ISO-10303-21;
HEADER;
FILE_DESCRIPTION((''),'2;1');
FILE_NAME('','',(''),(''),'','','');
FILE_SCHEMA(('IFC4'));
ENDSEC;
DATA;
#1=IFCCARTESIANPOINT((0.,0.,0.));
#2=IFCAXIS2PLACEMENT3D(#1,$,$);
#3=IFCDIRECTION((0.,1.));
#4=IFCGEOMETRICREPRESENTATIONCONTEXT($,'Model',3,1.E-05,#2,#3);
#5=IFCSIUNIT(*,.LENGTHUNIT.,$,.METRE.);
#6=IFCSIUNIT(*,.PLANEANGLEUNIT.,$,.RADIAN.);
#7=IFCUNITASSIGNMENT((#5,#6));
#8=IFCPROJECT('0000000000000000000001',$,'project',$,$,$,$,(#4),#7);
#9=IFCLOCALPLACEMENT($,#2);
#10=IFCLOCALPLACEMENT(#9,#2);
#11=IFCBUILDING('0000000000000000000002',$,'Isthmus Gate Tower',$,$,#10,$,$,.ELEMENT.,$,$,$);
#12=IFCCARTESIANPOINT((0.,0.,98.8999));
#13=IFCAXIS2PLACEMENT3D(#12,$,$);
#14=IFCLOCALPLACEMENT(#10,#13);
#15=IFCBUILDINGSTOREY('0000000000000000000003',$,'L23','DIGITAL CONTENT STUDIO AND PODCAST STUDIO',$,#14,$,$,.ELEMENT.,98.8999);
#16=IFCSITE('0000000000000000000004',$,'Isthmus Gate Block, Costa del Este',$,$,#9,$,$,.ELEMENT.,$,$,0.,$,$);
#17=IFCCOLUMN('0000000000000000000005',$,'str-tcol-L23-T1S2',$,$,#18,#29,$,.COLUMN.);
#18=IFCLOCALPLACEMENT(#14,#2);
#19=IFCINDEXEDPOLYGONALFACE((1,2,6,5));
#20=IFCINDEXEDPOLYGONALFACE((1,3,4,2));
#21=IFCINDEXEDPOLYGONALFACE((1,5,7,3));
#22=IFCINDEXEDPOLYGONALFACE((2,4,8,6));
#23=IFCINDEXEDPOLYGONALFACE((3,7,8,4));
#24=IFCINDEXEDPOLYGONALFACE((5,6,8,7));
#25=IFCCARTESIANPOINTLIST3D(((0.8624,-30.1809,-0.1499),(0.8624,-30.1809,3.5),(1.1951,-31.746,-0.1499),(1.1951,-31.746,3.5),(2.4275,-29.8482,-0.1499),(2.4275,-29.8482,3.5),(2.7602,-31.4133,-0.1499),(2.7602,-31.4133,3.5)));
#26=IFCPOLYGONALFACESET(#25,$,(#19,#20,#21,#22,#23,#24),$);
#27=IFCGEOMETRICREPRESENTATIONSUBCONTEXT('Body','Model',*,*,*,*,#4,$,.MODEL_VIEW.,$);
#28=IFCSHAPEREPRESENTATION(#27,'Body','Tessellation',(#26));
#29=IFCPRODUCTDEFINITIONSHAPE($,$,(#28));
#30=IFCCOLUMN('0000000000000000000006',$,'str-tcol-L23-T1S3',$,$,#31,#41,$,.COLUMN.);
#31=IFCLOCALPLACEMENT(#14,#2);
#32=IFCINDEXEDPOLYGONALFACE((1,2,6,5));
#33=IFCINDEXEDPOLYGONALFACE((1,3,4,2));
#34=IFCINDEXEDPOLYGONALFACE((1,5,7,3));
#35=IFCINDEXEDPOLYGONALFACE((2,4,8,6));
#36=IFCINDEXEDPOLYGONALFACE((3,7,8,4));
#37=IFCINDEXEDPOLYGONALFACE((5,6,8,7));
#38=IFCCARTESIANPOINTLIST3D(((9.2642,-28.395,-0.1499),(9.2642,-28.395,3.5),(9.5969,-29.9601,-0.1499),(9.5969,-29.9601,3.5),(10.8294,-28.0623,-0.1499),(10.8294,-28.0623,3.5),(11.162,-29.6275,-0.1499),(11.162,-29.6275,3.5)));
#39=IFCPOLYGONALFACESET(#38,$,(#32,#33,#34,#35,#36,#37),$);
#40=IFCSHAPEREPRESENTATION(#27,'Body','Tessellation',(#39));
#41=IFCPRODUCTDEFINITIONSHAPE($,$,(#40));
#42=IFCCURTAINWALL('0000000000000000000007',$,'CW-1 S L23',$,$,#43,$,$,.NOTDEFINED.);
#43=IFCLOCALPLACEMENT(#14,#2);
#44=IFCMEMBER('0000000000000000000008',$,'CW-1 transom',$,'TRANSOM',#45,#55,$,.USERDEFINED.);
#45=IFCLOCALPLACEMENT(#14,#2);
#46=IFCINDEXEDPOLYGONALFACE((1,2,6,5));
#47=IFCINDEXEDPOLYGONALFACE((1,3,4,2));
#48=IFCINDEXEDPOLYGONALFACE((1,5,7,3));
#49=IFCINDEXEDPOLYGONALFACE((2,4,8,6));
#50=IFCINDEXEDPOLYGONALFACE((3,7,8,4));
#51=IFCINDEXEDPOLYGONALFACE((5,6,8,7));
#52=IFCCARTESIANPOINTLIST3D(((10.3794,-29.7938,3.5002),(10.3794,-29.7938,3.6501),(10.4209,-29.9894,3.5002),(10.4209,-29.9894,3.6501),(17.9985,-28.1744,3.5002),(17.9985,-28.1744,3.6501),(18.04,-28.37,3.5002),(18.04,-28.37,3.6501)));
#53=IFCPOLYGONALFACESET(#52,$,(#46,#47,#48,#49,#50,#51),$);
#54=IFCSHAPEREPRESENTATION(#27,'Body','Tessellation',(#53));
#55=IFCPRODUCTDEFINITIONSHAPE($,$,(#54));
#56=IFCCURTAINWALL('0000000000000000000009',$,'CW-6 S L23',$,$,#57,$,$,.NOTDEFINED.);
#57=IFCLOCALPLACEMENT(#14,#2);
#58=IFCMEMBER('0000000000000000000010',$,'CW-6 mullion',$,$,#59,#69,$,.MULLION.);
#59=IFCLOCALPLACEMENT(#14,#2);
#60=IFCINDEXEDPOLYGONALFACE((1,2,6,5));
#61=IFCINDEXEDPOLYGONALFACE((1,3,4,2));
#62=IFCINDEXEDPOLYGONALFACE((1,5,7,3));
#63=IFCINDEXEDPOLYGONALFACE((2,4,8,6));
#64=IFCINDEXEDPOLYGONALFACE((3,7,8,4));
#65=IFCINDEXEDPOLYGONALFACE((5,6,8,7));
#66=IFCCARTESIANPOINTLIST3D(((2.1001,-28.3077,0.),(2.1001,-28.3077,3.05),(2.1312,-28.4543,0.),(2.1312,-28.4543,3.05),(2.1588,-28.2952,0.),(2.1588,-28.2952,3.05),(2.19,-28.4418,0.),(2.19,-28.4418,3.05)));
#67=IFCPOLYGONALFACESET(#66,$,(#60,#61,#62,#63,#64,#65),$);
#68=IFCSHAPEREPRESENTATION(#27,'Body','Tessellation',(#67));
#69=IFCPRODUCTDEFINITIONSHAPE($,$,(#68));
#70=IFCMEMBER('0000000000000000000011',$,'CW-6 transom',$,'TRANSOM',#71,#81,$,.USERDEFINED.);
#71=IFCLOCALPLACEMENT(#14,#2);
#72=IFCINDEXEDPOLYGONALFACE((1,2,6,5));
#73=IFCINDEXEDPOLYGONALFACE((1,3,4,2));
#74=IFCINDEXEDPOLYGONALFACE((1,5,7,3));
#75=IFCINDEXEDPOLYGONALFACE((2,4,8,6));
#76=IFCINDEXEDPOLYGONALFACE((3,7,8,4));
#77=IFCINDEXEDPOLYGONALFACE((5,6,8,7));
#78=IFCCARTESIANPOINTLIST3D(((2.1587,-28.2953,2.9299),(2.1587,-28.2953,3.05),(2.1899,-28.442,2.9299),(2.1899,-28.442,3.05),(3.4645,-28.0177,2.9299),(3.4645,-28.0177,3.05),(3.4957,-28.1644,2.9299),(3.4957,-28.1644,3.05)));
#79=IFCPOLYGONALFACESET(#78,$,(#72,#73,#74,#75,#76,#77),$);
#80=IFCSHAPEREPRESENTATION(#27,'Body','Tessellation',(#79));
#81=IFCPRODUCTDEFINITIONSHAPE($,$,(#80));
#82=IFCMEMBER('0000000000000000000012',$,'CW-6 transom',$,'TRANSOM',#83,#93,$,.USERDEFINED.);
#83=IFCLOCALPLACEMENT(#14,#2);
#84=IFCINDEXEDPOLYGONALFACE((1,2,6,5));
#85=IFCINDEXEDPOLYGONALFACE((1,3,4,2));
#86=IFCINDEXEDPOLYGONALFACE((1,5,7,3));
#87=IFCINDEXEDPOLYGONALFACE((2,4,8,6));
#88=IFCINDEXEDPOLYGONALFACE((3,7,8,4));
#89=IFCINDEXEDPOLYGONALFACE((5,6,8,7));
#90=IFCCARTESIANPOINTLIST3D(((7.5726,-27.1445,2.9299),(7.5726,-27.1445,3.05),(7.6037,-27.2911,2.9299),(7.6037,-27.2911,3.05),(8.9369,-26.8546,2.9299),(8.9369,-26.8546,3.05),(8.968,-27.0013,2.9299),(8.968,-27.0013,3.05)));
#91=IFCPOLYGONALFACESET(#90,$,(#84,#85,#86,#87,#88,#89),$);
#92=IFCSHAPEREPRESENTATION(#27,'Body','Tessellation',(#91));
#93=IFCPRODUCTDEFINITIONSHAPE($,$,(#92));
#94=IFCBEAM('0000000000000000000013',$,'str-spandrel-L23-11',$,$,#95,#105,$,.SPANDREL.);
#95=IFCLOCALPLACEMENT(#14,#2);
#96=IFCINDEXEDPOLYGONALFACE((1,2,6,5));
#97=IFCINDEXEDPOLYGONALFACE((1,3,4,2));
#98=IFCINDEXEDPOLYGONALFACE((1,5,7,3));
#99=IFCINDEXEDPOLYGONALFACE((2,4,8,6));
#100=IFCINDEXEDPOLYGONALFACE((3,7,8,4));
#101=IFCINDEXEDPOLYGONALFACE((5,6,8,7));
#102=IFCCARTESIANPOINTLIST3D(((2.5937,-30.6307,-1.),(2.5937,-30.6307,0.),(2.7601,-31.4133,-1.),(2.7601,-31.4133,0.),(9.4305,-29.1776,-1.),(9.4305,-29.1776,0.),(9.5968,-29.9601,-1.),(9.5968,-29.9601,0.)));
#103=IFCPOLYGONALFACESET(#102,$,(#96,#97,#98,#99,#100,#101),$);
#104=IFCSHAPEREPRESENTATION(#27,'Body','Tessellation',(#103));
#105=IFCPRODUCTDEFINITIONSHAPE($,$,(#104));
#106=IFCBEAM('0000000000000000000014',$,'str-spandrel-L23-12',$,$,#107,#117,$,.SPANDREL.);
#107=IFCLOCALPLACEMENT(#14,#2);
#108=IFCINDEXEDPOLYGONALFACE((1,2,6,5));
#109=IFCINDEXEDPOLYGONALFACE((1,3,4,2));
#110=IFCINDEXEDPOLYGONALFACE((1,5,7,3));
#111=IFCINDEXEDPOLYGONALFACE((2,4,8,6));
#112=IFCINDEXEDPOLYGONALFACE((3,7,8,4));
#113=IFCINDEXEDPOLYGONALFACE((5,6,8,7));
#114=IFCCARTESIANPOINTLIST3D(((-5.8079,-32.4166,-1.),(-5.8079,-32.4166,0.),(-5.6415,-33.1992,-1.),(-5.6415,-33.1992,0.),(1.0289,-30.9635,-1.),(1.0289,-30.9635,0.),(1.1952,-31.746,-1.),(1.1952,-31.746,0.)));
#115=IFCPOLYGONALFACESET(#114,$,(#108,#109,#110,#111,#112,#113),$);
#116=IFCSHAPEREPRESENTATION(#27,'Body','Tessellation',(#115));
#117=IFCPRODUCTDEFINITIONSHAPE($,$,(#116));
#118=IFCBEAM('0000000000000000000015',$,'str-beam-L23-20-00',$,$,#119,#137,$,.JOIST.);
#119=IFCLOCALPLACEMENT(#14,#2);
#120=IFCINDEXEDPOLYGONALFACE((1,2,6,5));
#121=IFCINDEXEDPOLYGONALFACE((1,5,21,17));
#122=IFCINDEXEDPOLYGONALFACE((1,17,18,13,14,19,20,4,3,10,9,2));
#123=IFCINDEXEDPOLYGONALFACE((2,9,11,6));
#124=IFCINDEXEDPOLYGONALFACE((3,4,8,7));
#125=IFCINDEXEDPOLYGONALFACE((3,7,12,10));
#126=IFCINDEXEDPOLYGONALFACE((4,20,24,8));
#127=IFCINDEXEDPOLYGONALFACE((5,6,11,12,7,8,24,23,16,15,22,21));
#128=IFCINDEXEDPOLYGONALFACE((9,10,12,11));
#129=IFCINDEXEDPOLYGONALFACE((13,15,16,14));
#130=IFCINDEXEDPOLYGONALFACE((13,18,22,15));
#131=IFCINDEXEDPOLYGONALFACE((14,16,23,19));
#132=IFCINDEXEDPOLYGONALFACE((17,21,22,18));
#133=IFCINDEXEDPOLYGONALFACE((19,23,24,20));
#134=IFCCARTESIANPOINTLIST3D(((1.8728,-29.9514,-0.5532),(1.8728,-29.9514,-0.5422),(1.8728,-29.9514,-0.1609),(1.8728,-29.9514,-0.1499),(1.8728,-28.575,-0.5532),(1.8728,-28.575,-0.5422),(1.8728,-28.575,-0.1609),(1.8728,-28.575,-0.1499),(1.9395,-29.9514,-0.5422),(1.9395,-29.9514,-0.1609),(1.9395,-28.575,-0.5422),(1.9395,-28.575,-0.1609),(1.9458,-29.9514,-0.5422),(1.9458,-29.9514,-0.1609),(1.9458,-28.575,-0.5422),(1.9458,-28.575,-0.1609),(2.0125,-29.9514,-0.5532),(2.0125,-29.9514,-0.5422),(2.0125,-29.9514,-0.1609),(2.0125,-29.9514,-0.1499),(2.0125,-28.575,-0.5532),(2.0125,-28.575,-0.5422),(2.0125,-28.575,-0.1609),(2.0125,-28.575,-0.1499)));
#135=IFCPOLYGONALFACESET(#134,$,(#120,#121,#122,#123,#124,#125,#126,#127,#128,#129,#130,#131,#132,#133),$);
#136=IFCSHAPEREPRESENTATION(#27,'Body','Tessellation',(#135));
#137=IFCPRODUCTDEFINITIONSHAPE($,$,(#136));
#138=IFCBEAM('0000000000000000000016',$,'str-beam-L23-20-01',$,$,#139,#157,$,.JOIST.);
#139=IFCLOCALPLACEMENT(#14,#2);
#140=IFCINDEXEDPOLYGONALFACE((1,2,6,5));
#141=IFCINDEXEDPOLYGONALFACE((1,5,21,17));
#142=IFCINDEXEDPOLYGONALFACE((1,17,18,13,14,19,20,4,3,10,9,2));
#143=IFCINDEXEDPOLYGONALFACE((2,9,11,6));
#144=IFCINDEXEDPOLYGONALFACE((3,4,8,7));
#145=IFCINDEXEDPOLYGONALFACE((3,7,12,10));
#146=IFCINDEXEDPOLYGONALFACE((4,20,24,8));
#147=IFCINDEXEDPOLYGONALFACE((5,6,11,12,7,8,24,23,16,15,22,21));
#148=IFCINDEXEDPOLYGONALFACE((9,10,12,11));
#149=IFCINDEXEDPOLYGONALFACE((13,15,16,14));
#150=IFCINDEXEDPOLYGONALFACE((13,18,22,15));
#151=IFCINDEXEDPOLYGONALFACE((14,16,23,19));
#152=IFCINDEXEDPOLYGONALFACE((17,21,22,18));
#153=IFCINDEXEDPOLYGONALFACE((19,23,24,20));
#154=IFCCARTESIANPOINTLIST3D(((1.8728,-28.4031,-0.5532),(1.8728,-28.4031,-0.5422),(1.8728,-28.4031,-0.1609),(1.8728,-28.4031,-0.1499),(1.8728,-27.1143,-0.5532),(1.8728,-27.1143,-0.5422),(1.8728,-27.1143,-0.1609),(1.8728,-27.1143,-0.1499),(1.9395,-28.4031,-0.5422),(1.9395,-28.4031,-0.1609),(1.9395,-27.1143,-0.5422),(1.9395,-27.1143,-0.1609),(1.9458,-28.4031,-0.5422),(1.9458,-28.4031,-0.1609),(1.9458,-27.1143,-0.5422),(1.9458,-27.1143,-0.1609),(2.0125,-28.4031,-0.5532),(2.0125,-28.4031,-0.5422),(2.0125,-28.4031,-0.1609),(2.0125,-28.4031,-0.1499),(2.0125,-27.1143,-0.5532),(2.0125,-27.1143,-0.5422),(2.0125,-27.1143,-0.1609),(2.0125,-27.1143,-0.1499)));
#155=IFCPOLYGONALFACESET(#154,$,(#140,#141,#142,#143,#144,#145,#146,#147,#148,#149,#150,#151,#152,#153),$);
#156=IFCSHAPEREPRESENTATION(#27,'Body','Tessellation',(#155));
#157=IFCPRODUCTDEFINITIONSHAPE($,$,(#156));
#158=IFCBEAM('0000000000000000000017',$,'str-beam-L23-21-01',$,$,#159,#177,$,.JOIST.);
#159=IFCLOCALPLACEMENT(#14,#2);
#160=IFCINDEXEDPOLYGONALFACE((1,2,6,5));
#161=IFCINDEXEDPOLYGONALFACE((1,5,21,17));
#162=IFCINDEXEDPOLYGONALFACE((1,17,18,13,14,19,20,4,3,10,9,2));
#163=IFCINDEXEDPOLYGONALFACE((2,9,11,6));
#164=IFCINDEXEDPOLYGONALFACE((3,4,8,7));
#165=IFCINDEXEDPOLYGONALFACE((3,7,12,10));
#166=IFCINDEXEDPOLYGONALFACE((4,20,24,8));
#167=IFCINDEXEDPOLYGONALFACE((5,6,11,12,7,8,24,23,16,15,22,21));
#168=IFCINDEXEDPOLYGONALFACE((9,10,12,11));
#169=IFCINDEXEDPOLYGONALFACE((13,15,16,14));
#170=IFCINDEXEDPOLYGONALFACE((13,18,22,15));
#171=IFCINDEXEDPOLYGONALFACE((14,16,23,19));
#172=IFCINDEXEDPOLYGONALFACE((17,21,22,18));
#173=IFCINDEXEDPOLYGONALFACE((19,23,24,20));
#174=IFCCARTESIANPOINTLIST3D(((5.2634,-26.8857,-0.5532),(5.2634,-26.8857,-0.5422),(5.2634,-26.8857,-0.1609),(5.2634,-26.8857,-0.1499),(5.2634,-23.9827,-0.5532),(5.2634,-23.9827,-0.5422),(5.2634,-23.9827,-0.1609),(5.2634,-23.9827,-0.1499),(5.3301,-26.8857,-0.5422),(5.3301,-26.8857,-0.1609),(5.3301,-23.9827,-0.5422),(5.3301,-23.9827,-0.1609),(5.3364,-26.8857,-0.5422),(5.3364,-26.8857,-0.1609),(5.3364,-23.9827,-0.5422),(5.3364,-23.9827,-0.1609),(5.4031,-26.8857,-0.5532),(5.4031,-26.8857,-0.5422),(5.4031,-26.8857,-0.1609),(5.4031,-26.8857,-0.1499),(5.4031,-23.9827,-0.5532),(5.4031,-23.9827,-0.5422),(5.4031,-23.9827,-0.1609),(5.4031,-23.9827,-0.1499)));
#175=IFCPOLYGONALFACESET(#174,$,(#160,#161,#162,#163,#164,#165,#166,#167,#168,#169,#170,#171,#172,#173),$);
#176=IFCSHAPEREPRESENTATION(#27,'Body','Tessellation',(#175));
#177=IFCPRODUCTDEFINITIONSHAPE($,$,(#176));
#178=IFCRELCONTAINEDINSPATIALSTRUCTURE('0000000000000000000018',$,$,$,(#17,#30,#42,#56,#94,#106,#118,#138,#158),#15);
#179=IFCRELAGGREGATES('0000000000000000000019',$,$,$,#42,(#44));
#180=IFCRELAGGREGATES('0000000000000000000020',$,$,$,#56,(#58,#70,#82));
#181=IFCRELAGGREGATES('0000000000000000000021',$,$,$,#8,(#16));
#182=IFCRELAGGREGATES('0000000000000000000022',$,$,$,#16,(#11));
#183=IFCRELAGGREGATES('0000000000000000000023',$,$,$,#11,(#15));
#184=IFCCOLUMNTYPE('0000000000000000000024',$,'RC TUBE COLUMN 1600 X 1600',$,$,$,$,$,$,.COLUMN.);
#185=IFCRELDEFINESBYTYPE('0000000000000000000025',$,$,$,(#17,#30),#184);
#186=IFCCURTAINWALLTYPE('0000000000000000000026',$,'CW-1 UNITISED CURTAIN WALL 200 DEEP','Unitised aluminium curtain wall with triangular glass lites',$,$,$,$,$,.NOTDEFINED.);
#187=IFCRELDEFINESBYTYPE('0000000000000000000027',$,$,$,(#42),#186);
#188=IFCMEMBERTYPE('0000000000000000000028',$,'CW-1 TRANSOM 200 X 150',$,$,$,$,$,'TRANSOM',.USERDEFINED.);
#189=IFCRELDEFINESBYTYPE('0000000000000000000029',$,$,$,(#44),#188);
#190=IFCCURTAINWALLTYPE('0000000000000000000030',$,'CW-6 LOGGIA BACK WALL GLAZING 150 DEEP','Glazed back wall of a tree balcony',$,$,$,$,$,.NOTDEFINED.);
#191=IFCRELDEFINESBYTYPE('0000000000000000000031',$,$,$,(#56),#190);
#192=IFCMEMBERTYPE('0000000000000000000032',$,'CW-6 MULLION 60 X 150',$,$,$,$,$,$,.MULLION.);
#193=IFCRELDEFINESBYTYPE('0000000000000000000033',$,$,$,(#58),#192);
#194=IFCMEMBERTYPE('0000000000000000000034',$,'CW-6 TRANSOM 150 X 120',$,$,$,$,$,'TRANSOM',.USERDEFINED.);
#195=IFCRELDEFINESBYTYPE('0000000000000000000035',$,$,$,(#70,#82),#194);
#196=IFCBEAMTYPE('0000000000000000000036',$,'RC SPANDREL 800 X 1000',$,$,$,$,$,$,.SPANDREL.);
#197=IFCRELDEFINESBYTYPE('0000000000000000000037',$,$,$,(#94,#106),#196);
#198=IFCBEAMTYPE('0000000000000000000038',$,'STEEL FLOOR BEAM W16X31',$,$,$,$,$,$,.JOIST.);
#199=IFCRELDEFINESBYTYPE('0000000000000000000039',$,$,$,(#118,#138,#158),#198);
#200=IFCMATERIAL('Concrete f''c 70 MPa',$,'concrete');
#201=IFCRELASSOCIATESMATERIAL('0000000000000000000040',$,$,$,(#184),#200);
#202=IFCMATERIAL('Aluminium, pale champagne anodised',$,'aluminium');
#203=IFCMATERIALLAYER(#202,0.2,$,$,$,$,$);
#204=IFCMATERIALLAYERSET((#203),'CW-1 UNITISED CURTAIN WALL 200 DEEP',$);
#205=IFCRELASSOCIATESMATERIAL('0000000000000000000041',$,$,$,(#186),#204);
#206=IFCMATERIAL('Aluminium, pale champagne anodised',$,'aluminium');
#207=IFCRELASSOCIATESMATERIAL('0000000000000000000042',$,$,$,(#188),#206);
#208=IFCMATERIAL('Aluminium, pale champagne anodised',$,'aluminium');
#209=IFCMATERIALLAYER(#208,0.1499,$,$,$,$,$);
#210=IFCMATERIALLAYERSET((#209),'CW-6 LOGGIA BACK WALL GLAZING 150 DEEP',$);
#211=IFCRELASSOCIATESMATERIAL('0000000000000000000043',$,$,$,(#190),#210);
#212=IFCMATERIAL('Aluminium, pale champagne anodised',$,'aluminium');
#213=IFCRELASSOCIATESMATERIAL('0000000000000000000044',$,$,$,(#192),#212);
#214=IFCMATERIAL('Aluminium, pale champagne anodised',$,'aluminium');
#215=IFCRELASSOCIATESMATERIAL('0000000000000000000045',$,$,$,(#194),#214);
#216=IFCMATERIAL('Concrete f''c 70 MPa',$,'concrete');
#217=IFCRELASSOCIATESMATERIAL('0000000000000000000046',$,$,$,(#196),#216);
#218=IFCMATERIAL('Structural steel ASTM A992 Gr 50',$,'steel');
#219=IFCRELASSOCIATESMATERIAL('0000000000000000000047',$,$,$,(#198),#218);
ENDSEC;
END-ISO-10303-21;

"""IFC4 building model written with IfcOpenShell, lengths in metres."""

from ifc_helpers import new_model, si_unit, direction, frame, origin, origin_2d, place, context, subcontext, project, spatial, rectangle, i_section, extrude, material, layer, layer_set, material_profile, profile_set, type_object, element, aggregate, save


model = new_model("IFC4")

# Units and contexts
model_context = context("Model", 3, precision=1e-05, world=origin(), true_north=direction((0.0, 1.0)))
body_context = subcontext(model_context, "Body", "Model", "MODEL_VIEW")
ifc_project = project(units=[si_unit("LENGTHUNIT", "METRE"), si_unit("PLANEANGLEUNIT", "RADIAN")], contexts=[model_context])

# Site, building, storey
site_placement = place(None, origin())
site = spatial("IfcSite", under=ifc_project, at=site_placement, Name="Isthmus Gate Block, Costa del Este", CompositionType="ELEMENT", RefElevation=0.0)
building_placement = place(site_placement, origin())
building = spatial("IfcBuilding", under=site, at=building_placement, Name="Isthmus Gate Tower", CompositionType="ELEMENT")
storey_placement = place(building_placement, frame((0.0, 0.0, 98.8999)))
storey = spatial("IfcBuildingStorey", under=building, at=storey_placement, Name="L23", Description="DIGITAL CONTENT STUDIO AND PODCAST STUDIO", CompositionType="ELEMENT", Elevation=98.8999)

# Columns
ifc_material_1 = material(Name="Concrete f'c 70 MPa", Category="concrete")
ifc_material_profile_1 = material_profile(ifc_material_1, rectangle(XDim=1.6001, YDim=1.6001, at=origin_2d()), Name="RC 1600X1600")
ifc_profile_set_1 = profile_set([ifc_material_profile_1], Name="Concrete f'c 70 MPa")
column_type = type_object("IfcColumnType", Name="RC TUBE COLUMN 1600 X 1600", PredefinedType="COLUMN", material=ifc_profile_set_1)
for number, where, z_axis, x_axis, name in (
    (1, (1.8113, -30.7971, -0.1499), (0.0, 0.0, 1.0), (0.978148, 0.207912, 0.0), "str-tcol-L23-T1S2"),
    (2, (10.2131, -29.0112, -0.1499), (0.0, 0.0, 1.0), (0.978148, 0.207912, 0.0), "str-tcol-L23-T1S3"),
):
    element("IfcColumn", number, at=place(storey_placement, frame(where, z_axis=z_axis, x_axis=x_axis)), inside=storey, type_object=column_type, Name=name, PredefinedType="COLUMN", context=body_context, shape_type="SweptSolid", body=[
        extrude(rectangle(XDim=1.6001, YDim=1.6001, at=origin_2d()), origin(), (0.0, 0.0, 1.0), 3.6499),
    ])

# Curtain wall, member
ifc_material_2 = material(Name="Aluminium, pale champagne anodised", Category="aluminium")
ifc_layer_1 = layer(ifc_material_2, 0.2)
ifc_layer_set_1 = layer_set([ifc_layer_1], Name="CW-1 UNITISED CURTAIN WALL 200 DEEP")
curtain_wall_type_1 = type_object("IfcCurtainWallType", Name="CW-1 UNITISED CURTAIN WALL 200 DEEP", Description="Unitised aluminium curtain wall with triangular glass lites", PredefinedType="NOTDEFINED", material=ifc_layer_set_1)
curtain_wall_1_placement = place(storey_placement, origin())
curtain_wall_1 = element("IfcCurtainWall", 3, at=curtain_wall_1_placement, inside=storey, type_object=curtain_wall_type_1, Name="CW-1 S L23", PredefinedType="NOTDEFINED")
ifc_material_3 = material(Name="Aluminium, pale champagne anodised", Category="aluminium")
ifc_material_profile_2 = material_profile(ifc_material_3, rectangle(XDim=0.2, YDim=0.1499, at=origin_2d()), Name="200x150")
ifc_profile_set_2 = profile_set([ifc_material_profile_2], Name="Aluminium, pale champagne anodised")
member_type_1 = type_object("IfcMemberType", Name="CW-1 TRANSOM 200 X 150", ElementType="TRANSOM", PredefinedType="USERDEFINED", material=ifc_profile_set_2)
member_1_placement = place(storey_placement, frame((10.4001, -29.8916, 3.5752), z_axis=(0.978151, 0.207898, 0.0), x_axis=(-0.207898, 0.978151, 0.0)))
member_1 = element("IfcMember", 4, at=member_1_placement, type_object=member_type_1, Name="CW-1 transom", ObjectType="TRANSOM", PredefinedType="USERDEFINED", context=body_context, shape_type="SweptSolid", body=[
    extrude(rectangle(XDim=0.2, YDim=0.1499, at=origin_2d()), origin(), (0.0, 0.0, 1.0), 7.7893),
])
aggregate(curtain_wall_1, [member_1])

# Curtain wall, members
ifc_material_4 = material(Name="Aluminium, pale champagne anodised", Category="aluminium")
ifc_layer_2 = layer(ifc_material_4, 0.1499)
ifc_layer_set_2 = layer_set([ifc_layer_2], Name="CW-6 LOGGIA BACK WALL GLAZING 150 DEEP")
curtain_wall_type_2 = type_object("IfcCurtainWallType", Name="CW-6 LOGGIA BACK WALL GLAZING 150 DEEP", Description="Glazed back wall of a tree balcony", PredefinedType="NOTDEFINED", material=ifc_layer_set_2)
curtain_wall_2_placement = place(storey_placement, origin())
curtain_wall_2 = element("IfcCurtainWall", 5, at=curtain_wall_2_placement, inside=storey, type_object=curtain_wall_type_2, Name="CW-6 S L23", PredefinedType="NOTDEFINED")
ifc_material_5 = material(Name="Aluminium, pale champagne anodised", Category="aluminium")
ifc_material_profile_3 = material_profile(ifc_material_5, rectangle(XDim=0.0601, YDim=0.1499, at=origin_2d()), Name="60x150")
ifc_profile_set_3 = profile_set([ifc_material_profile_3], Name="Aluminium, pale champagne anodised")
member_type_2 = type_object("IfcMemberType", Name="CW-6 MULLION 60 X 150", PredefinedType="MULLION", material=ifc_profile_set_3)
member_2_placement = place(storey_placement, frame((2.145, -28.3748, 0.0), z_axis=(0.0, 0.0, 1.0), x_axis=(0.978148, 0.207912, 0.0)))
member_2 = element("IfcMember", 6, at=member_2_placement, type_object=member_type_2, Name="CW-6 mullion", PredefinedType="MULLION", context=body_context, shape_type="SweptSolid", body=[
    extrude(rectangle(XDim=0.0601, YDim=0.1499, at=origin_2d()), origin(), (0.0, 0.0, 1.0), 3.05),
])
ifc_material_6 = material(Name="Aluminium, pale champagne anodised", Category="aluminium")
ifc_material_profile_4 = material_profile(ifc_material_6, rectangle(XDim=0.1499, YDim=0.1201, at=origin_2d()), Name="150x120")
ifc_profile_set_4 = profile_set([ifc_material_profile_4], Name="Aluminium, pale champagne anodised")
member_type_3 = type_object("IfcMemberType", Name="CW-6 TRANSOM 150 X 120", ElementType="TRANSOM", PredefinedType="USERDEFINED", material=ifc_profile_set_4)
member_3_placement = place(storey_placement, frame((2.1743, -28.3687, 2.99), z_axis=(0.978138, 0.207955, 0.0), x_axis=(-0.207955, 0.978138, 0.0)))
member_3 = element("IfcMember", 7, at=member_3_placement, type_object=member_type_3, Name="CW-6 transom", ObjectType="TRANSOM", PredefinedType="USERDEFINED", context=body_context, shape_type="SweptSolid", body=[
    extrude(rectangle(XDim=0.1499, YDim=0.1201, at=origin_2d()), origin(), (0.0, 0.0, 1.0), 1.335),
])
member_4_placement = place(storey_placement, frame((7.5881, -27.2178, 2.99), z_axis=(0.978175, 0.207783, 0.0), x_axis=(-0.207783, 0.978175, 0.0)))
member_4 = element("IfcMember", 8, at=member_4_placement, type_object=member_type_3, Name="CW-6 transom", ObjectType="TRANSOM", PredefinedType="USERDEFINED", context=body_context, shape_type="SweptSolid", body=[
    extrude(rectangle(XDim=0.1499, YDim=0.1201, at=origin_2d()), origin(), (0.0, 0.0, 1.0), 1.3948),
])

# Beams
ifc_material_7 = material(Name="Concrete f'c 70 MPa", Category="concrete")
ifc_material_profile_5 = material_profile(ifc_material_7, rectangle(XDim=0.8, YDim=1.0, at=origin_2d()), Name="RC 800X1000")
ifc_profile_set_5 = profile_set([ifc_material_profile_5], Name="Concrete f'c 70 MPa")
beam_type_1 = type_object("IfcBeamType", Name="RC SPANDREL 800 X 1000", PredefinedType="SPANDREL", material=ifc_profile_set_5)
for number, where, z_axis, x_axis, name in (
    (9, (9.5137, -29.5688, -0.5), (-0.978149, -0.207904, 0.0), (0.207904, -0.978149, 0.0), "str-spandrel-L23-11"),
    (10, (1.1121, -31.3547, -0.5), (-0.978149, -0.207904, 0.0), (0.207904, -0.978149, 0.0), "str-spandrel-L23-12"),
):
    element("IfcBeam", number, at=place(storey_placement, frame(where, z_axis=z_axis, x_axis=x_axis)), inside=storey, type_object=beam_type_1, Name=name, PredefinedType="SPANDREL", context=body_context, shape_type="SweptSolid", body=[
        extrude(rectangle(XDim=0.8, YDim=1.0, at=origin_2d()), origin(), (0.0, 0.0, 1.0), 6.9895),
    ])
ifc_material_8 = material(Name="Structural steel ASTM A992 Gr 50", Category="steel")
ifc_material_profile_6 = material_profile(ifc_material_8, i_section(OverallWidth=0.1396, OverallDepth=0.4033, WebThickness=0.0063, FlangeThickness=0.011, at=origin_2d()), Name="W16X31")
ifc_profile_set_6 = profile_set([ifc_material_profile_6], Name="Structural steel ASTM A992 Gr 50")
beam_type_2 = type_object("IfcBeamType", Name="STEEL FLOOR BEAM W16X31", PredefinedType="JOIST", material=ifc_profile_set_6)
beam_1_placement = place(storey_placement, frame((1.9426, -29.9514, -0.3516), z_axis=(0.0, 1.0, 0.0), x_axis=(-1.0, 0.0, 0.0)))
element("IfcBeam", 11, at=beam_1_placement, inside=storey, type_object=beam_type_2, Name="str-beam-L23-20-00", PredefinedType="JOIST", context=body_context, shape_type="SweptSolid", body=[
    extrude(i_section(OverallWidth=0.1396, OverallDepth=0.4033, WebThickness=0.0063, FlangeThickness=0.011, at=origin_2d()), origin(), (0.0, 0.0, 1.0), 1.3765),
])
beam_2_placement = place(storey_placement, frame((1.9426, -28.4031, -0.3516), z_axis=(0.0, 1.0, 0.0), x_axis=(-1.0, 0.0, 0.0)))
element("IfcBeam", 12, at=beam_2_placement, inside=storey, type_object=beam_type_2, Name="str-beam-L23-20-01", PredefinedType="JOIST", context=body_context, shape_type="SweptSolid", body=[
    extrude(i_section(OverallWidth=0.1396, OverallDepth=0.4033, WebThickness=0.0063, FlangeThickness=0.011, at=origin_2d()), origin(), (0.0, 0.0, 1.0), 1.2888),
])
beam_3_placement = place(storey_placement, frame((5.3333, -26.8857, -0.3516), z_axis=(0.0, 1.0, 0.0), x_axis=(-1.0, 0.0, 0.0)))
element("IfcBeam", 13, at=beam_3_placement, inside=storey, type_object=beam_type_2, Name="str-beam-L23-21-01", PredefinedType="JOIST", context=body_context, shape_type="SweptSolid", body=[
    extrude(i_section(OverallWidth=0.1396, OverallDepth=0.4033, WebThickness=0.0063, FlangeThickness=0.011, at=origin_2d()), origin(), (0.0, 0.0, 1.0), 2.9031),
])

aggregate(curtain_wall_2, [member_2, member_3, member_4])

save(model, "model.ifc")
